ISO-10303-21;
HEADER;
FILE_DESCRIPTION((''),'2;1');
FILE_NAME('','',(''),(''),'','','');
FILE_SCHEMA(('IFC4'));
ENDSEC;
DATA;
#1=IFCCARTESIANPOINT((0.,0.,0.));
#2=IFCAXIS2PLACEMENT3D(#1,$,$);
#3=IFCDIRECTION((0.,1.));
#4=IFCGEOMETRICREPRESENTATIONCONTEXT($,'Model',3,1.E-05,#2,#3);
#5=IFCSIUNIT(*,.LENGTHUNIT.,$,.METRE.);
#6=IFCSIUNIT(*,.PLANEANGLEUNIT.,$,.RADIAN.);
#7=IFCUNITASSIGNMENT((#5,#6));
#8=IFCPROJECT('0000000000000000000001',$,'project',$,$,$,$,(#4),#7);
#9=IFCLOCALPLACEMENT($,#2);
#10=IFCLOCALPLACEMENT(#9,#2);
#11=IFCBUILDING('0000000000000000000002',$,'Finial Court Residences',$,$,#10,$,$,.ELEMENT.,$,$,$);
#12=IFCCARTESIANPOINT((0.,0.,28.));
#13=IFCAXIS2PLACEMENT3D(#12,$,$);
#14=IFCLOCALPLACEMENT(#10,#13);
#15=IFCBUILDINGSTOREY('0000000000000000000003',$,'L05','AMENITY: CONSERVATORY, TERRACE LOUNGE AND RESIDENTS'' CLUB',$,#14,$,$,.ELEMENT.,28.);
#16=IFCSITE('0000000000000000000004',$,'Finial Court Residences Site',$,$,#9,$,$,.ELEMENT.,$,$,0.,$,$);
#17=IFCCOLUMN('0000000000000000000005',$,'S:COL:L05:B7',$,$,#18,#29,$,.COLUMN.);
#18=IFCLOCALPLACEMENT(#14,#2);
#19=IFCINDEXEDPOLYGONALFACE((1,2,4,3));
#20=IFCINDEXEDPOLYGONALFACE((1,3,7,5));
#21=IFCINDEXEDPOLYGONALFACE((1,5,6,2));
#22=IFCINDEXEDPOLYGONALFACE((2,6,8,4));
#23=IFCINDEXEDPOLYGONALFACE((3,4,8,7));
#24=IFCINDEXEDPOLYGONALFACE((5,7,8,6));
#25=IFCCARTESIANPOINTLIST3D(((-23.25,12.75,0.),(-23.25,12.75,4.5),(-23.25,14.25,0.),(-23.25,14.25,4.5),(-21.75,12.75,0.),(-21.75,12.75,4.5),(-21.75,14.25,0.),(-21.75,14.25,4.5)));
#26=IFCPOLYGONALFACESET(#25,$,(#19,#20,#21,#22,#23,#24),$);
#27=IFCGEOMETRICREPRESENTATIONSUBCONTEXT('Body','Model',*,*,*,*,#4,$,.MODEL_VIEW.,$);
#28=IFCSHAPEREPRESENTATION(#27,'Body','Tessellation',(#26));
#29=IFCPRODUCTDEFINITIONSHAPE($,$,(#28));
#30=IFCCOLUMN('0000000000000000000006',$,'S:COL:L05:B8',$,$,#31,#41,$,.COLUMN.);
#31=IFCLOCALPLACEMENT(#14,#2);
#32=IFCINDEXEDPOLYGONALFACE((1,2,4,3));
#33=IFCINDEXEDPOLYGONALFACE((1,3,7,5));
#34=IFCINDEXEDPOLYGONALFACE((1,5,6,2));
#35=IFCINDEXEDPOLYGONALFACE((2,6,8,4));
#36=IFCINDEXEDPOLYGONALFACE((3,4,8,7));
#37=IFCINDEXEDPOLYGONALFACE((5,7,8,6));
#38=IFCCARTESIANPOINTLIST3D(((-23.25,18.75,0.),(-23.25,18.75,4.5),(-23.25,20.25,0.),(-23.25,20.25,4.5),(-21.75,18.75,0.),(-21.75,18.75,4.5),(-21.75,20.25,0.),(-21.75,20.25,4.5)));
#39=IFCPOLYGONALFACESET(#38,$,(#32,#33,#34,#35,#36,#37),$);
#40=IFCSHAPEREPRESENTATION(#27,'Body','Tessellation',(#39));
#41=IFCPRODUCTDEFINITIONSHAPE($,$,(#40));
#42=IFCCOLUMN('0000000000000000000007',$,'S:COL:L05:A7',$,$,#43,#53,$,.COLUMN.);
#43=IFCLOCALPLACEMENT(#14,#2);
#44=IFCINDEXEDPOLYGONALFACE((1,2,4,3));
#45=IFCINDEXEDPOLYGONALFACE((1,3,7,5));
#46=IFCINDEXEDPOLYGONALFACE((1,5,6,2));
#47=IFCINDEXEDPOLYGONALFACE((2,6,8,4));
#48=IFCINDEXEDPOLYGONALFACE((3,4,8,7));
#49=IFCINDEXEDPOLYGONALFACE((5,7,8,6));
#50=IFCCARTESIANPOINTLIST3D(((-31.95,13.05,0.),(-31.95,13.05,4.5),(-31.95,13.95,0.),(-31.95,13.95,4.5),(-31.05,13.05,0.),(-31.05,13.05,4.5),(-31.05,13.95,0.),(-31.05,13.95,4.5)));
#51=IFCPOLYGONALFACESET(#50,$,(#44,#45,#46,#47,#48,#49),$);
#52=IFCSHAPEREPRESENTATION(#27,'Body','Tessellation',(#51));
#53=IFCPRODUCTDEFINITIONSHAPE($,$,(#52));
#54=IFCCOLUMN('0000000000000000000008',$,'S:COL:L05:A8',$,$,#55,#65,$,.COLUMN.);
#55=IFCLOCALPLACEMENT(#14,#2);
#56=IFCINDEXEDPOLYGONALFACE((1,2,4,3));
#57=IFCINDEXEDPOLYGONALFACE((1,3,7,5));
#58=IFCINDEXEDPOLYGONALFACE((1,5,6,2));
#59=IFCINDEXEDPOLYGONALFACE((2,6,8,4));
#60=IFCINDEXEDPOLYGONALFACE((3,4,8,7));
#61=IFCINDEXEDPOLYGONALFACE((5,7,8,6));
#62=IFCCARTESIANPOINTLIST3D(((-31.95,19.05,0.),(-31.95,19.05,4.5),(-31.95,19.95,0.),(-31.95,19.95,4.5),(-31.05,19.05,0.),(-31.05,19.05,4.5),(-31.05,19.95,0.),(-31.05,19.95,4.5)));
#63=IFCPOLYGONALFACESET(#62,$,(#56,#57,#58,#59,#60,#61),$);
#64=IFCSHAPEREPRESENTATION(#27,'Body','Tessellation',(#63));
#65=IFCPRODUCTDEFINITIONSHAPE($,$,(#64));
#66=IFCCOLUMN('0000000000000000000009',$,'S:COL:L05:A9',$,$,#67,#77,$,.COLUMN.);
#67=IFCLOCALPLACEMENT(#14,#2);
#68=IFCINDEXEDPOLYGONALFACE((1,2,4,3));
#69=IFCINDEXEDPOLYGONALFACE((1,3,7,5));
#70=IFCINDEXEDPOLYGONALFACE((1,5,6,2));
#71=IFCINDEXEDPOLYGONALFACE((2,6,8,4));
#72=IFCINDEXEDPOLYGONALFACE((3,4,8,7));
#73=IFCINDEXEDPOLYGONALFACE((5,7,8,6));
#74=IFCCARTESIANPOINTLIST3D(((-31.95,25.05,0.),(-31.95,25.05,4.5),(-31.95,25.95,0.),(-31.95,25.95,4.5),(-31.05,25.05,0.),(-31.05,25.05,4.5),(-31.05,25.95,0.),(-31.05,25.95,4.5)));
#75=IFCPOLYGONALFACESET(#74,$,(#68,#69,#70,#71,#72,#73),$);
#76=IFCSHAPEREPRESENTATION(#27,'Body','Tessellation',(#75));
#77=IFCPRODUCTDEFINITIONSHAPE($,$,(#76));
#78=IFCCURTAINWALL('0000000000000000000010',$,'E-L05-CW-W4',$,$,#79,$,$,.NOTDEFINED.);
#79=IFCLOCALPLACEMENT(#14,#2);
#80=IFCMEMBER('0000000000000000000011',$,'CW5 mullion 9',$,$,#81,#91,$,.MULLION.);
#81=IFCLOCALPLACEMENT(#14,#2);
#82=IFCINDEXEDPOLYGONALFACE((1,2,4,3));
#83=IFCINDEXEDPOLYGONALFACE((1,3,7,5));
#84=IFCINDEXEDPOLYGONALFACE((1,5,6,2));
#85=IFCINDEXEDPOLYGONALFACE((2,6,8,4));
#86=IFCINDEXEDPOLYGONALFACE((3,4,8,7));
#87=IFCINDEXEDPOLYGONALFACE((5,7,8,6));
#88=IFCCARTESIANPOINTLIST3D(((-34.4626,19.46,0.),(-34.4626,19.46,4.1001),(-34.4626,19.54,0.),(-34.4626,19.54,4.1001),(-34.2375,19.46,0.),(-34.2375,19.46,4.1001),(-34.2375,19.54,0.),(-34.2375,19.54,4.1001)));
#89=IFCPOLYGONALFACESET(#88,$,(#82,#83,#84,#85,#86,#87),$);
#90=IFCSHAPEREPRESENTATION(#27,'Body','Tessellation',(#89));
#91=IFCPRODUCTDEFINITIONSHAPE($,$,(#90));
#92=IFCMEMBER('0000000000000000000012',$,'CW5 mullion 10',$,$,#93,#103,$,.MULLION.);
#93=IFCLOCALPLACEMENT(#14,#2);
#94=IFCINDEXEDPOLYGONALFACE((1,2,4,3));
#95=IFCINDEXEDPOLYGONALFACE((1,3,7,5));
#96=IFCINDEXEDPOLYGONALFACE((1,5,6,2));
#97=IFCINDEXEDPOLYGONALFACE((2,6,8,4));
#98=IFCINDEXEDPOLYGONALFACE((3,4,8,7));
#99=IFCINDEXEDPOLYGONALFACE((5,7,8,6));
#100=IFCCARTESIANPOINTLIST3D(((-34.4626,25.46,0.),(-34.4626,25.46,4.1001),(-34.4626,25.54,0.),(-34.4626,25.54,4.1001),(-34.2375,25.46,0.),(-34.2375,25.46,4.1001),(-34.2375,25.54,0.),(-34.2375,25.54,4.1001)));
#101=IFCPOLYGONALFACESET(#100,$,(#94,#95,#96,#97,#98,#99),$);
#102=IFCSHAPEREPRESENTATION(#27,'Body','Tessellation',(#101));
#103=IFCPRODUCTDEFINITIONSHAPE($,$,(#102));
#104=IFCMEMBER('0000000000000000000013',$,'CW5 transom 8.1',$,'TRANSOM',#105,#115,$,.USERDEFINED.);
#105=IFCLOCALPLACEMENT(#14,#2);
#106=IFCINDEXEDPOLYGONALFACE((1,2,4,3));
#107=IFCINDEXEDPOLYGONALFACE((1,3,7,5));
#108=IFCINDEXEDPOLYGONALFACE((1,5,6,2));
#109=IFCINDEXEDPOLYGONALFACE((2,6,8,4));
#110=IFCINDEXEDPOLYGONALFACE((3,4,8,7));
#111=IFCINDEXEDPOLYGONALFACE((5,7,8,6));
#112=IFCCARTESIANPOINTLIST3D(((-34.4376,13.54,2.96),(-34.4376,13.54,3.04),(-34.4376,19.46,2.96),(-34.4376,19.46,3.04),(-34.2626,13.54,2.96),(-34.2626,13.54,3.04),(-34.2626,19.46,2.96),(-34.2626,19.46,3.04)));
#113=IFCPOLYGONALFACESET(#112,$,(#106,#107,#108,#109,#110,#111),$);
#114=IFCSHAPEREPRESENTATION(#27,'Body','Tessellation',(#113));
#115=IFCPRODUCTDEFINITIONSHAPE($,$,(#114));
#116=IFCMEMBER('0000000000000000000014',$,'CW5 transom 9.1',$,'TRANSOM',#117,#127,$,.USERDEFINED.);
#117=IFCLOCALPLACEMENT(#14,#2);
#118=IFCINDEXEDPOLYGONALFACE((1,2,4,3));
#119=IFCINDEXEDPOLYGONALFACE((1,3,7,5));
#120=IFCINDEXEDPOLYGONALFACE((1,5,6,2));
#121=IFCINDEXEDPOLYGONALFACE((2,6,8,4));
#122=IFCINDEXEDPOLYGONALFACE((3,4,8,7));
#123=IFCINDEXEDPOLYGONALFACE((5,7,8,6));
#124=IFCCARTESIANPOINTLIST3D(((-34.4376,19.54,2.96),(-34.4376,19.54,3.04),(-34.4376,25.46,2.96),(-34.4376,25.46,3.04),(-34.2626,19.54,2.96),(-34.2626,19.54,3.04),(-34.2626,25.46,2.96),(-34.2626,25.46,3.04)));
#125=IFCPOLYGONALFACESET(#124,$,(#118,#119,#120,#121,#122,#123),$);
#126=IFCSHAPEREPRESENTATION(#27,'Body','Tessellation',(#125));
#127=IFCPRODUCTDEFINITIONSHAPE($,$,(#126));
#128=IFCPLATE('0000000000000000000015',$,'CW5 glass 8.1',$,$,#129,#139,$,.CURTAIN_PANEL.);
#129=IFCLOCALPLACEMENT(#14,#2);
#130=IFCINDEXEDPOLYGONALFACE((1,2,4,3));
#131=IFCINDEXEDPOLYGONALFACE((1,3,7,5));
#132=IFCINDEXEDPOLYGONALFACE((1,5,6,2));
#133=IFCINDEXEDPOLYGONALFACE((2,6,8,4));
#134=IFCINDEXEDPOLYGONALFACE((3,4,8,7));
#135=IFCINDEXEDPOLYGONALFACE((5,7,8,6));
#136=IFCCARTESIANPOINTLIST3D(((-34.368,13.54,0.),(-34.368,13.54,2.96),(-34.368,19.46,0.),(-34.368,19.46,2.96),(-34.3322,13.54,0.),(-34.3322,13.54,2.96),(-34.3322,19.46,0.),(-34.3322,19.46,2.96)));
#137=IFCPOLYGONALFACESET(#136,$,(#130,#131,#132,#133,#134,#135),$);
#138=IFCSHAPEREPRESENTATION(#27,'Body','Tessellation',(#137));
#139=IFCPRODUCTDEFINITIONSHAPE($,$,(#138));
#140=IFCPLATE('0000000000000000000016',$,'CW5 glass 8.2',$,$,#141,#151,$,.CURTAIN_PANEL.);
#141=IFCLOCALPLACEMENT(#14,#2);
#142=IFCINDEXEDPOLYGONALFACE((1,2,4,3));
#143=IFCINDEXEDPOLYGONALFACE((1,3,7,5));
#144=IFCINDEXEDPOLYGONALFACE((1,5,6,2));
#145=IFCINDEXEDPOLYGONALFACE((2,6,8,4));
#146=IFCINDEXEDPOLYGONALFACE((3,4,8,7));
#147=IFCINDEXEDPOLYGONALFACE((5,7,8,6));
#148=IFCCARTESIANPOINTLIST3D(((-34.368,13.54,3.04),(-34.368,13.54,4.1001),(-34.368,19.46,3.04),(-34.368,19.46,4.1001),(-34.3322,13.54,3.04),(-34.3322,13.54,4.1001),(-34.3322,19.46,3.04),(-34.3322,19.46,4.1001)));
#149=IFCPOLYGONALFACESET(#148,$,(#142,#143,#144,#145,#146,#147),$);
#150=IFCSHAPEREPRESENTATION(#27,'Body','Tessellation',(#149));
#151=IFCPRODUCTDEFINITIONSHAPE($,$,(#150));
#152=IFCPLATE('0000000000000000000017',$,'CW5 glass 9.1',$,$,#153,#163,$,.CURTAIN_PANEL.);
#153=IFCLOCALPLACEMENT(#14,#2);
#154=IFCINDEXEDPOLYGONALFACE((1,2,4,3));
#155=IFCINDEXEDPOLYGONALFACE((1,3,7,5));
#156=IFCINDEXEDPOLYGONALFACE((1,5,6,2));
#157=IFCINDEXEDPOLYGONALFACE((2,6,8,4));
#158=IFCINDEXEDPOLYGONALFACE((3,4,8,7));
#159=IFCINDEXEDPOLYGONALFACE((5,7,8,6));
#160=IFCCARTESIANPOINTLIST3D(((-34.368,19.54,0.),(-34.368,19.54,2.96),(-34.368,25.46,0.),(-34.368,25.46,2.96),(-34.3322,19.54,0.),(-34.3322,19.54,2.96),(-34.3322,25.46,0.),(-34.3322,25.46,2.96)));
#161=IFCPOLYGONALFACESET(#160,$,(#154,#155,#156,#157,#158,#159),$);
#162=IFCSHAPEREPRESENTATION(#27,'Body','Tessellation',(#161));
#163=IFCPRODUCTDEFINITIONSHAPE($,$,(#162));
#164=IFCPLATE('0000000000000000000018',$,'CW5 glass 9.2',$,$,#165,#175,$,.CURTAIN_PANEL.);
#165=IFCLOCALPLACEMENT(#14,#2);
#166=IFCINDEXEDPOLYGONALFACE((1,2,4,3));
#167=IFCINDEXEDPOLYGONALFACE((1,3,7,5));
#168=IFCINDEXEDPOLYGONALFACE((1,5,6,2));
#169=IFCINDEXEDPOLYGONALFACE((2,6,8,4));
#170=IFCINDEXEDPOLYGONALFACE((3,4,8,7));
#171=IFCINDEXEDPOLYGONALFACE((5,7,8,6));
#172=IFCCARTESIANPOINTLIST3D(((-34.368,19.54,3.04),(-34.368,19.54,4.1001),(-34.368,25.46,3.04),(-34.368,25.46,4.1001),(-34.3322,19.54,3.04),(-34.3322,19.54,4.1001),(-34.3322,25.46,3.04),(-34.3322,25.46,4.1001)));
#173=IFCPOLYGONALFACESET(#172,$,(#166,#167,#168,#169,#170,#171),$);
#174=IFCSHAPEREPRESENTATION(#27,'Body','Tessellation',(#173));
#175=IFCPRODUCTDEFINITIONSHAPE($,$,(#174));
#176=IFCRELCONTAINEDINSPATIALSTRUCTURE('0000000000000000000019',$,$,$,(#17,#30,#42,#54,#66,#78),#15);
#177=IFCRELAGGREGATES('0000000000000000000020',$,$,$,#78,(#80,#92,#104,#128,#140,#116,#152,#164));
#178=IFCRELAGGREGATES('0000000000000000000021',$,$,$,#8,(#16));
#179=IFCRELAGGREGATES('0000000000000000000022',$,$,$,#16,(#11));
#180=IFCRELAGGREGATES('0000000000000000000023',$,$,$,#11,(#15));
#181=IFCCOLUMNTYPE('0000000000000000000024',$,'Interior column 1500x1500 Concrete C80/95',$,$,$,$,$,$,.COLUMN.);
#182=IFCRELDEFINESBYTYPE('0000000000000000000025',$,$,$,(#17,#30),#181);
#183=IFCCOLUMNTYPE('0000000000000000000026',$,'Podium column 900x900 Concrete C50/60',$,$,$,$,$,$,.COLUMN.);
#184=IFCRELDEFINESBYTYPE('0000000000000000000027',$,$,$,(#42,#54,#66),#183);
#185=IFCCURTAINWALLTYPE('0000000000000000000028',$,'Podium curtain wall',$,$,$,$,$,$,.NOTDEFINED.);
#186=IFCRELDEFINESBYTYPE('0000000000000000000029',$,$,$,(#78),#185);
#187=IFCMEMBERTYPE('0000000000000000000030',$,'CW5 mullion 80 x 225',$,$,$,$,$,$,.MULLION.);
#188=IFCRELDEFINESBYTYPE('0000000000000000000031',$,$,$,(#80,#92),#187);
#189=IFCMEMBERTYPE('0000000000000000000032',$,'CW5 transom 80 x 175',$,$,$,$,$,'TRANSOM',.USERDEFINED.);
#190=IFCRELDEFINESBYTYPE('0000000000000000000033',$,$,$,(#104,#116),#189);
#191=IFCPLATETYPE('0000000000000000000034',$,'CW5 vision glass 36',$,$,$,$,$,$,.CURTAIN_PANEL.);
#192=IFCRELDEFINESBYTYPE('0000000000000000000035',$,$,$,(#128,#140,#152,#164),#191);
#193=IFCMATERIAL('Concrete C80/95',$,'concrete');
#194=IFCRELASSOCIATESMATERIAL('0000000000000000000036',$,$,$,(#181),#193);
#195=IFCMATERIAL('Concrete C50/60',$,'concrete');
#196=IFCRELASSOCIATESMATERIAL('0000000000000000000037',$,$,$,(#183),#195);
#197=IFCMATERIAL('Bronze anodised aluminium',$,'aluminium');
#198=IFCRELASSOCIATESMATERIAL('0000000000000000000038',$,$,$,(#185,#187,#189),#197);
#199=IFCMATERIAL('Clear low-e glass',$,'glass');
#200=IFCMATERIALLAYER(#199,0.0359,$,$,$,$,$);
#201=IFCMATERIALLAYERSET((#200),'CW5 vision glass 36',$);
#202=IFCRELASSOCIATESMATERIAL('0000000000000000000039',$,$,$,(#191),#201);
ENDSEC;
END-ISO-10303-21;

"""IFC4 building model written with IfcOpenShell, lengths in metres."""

from ifc_helpers import new_model, si_unit, direction, frame, origin, origin_2d, place, context, subcontext, project, spatial, rectangle, extrude, material, layer, layer_set, material_profile, profile_set, type_object, element, aggregate, save


model = new_model("IFC4")

# Units and contexts
model_context = context("Model", 3, precision=1e-05, world=origin(), true_north=direction((0.0, 1.0)))
body_context = subcontext(model_context, "Body", "Model", "MODEL_VIEW")
ifc_project = project(units=[si_unit("LENGTHUNIT", "METRE"), si_unit("PLANEANGLEUNIT", "RADIAN")], contexts=[model_context])

# Site, building, storey
site_placement = place(None, origin())
site = spatial("IfcSite", under=ifc_project, at=site_placement, Name="Finial Court Residences Site", CompositionType="ELEMENT", RefElevation=0.0)
building_placement = place(site_placement, origin())
building = spatial("IfcBuilding", under=site, at=building_placement, Name="Finial Court Residences", CompositionType="ELEMENT")
storey_placement = place(building_placement, frame((0.0, 0.0, 28.0)))
storey = spatial("IfcBuildingStorey", under=building, at=storey_placement, Name="L05", Description="AMENITY: CONSERVATORY, TERRACE LOUNGE AND RESIDENTS' CLUB", CompositionType="ELEMENT", Elevation=28.0)

# Columns
ifc_material_1 = material(Name="Concrete C80/95", Category="concrete")
ifc_material_profile_1 = material_profile(ifc_material_1, rectangle(XDim=1.5, YDim=1.5, at=origin_2d()), Name="1500x1500")
ifc_profile_set_1 = profile_set([ifc_material_profile_1], Name="Concrete C80/95")
column_type_1 = type_object("IfcColumnType", Name="Interior column 1500x1500 Concrete C80/95", PredefinedType="COLUMN", material=ifc_profile_set_1)
for number, where, z_axis, x_axis, name in (
    (1, (-22.5, 13.5, 0.0), (0.0, 0.0, 1.0), (1.0, 0.0, 0.0), "S:COL:L05:B7"),
    (2, (-22.5, 19.5, 0.0), (0.0, 0.0, 1.0), (1.0, 0.0, 0.0), "S:COL:L05:B8"),
):
    element("IfcColumn", number, at=place(storey_placement, frame(where, z_axis=z_axis, x_axis=x_axis)), inside=storey, type_object=column_type_1, Name=name, PredefinedType="COLUMN", context=body_context, shape_type="SweptSolid", body=[
        extrude(rectangle(XDim=1.5, YDim=1.5, at=origin_2d()), origin(), (0.0, 0.0, 1.0), 4.5),
    ])
ifc_material_2 = material(Name="Concrete C50/60", Category="concrete")
ifc_material_profile_2 = material_profile(ifc_material_2, rectangle(XDim=0.8999, YDim=0.8999, at=origin_2d()), Name="900x900")
ifc_profile_set_2 = profile_set([ifc_material_profile_2], Name="Concrete C50/60")
column_type_2 = type_object("IfcColumnType", Name="Podium column 900x900 Concrete C50/60", PredefinedType="COLUMN", material=ifc_profile_set_2)
for number, where, z_axis, x_axis, name in (
    (3, (-31.5, 13.5, 0.0), (0.0, 0.0, 1.0), (1.0, 0.0, 0.0), "S:COL:L05:A7"),
    (4, (-31.5, 19.5, 0.0), (0.0, 0.0, 1.0), (1.0, 0.0, 0.0), "S:COL:L05:A8"),
    (5, (-31.5, 25.5, 0.0), (0.0, 0.0, 1.0), (1.0, 0.0, 0.0), "S:COL:L05:A9"),
):
    element("IfcColumn", number, at=place(storey_placement, frame(where, z_axis=z_axis, x_axis=x_axis)), inside=storey, type_object=column_type_2, Name=name, PredefinedType="COLUMN", context=body_context, shape_type="SweptSolid", body=[
        extrude(rectangle(XDim=0.8999, YDim=0.8999, at=origin_2d()), origin(), (0.0, 0.0, 1.0), 4.5),
    ])

# Curtain wall, members, plates
ifc_material_3 = material(Name="Bronze anodised aluminium", Category="aluminium")
curtain_wall_type = type_object("IfcCurtainWallType", Name="Podium curtain wall", PredefinedType="NOTDEFINED", material=ifc_material_3)
curtain_wall_placement = place(storey_placement, origin())
curtain_wall = element("IfcCurtainWall", 6, at=curtain_wall_placement, inside=storey, type_object=curtain_wall_type, Name="E-L05-CW-W4", PredefinedType="NOTDEFINED")
ifc_material_profile_3 = material_profile(ifc_material_3, rectangle(XDim=0.2251, YDim=0.0801, at=origin_2d()), Name="CW5 mullion 80 x 225")
ifc_profile_set_3 = profile_set([ifc_material_profile_3], Name="Bronze anodised aluminium")
member_type_1 = type_object("IfcMemberType", Name="CW5 mullion 80 x 225", PredefinedType="MULLION", material=ifc_profile_set_3)
member_1_placement = place(storey_placement, frame((-34.3501, 19.5, 0.0), z_axis=(0.0, 0.0, 1.0), x_axis=(-1.0, 0.0, 0.0)))
member_1 = element("IfcMember", 7, at=member_1_placement, type_object=member_type_1, Name="CW5 mullion 9", PredefinedType="MULLION", context=body_context, shape_type="SweptSolid", body=[
    extrude(rectangle(XDim=0.2251, YDim=0.0801, at=origin_2d()), origin(), (0.0, 0.0, 1.0), 4.1001),
])
member_2_placement = place(storey_placement, frame((-34.3501, 25.5, 0.0), z_axis=(0.0, 0.0, 1.0), x_axis=(-1.0, 0.0, 0.0)))
member_2 = element("IfcMember", 8, at=member_2_placement, type_object=member_type_1, Name="CW5 mullion 10", PredefinedType="MULLION", context=body_context, shape_type="SweptSolid", body=[
    extrude(rectangle(XDim=0.2251, YDim=0.0801, at=origin_2d()), origin(), (0.0, 0.0, 1.0), 4.1001),
])
ifc_material_profile_4 = material_profile(ifc_material_3, rectangle(XDim=0.175, YDim=0.0801, at=origin_2d()), Name="CW5 transom 80 x 175")
ifc_profile_set_4 = profile_set([ifc_material_profile_4], Name="Bronze anodised aluminium")
member_type_2 = type_object("IfcMemberType", Name="CW5 transom 80 x 175", ElementType="TRANSOM", PredefinedType="USERDEFINED", material=ifc_profile_set_4)
member_3_placement = place(storey_placement, frame((-34.3501, 13.54, 3.0), z_axis=(0.0, 1.0, 0.0), x_axis=(-1.0, 0.0, 0.0)))
member_3 = element("IfcMember", 9, at=member_3_placement, type_object=member_type_2, Name="CW5 transom 8.1", ObjectType="TRANSOM", PredefinedType="USERDEFINED", context=body_context, shape_type="SweptSolid", body=[
    extrude(rectangle(XDim=0.175, YDim=0.0801, at=origin_2d()), origin(), (0.0, 0.0, 1.0), 5.9199),
])
member_4_placement = place(storey_placement, frame((-34.3501, 19.54, 3.0), z_axis=(0.0, 1.0, 0.0), x_axis=(-1.0, 0.0, 0.0)))
member_4 = element("IfcMember", 10, at=member_4_placement, type_object=member_type_2, Name="CW5 transom 9.1", ObjectType="TRANSOM", PredefinedType="USERDEFINED", context=body_context, shape_type="SweptSolid", body=[
    extrude(rectangle(XDim=0.175, YDim=0.0801, at=origin_2d()), origin(), (0.0, 0.0, 1.0), 5.9199),
])
ifc_material_4 = material(Name="Clear low-e glass", Category="glass")
ifc_layer_1 = layer(ifc_material_4, 0.0359)
ifc_layer_set_1 = layer_set([ifc_layer_1], Name="CW5 vision glass 36")
plate_type = type_object("IfcPlateType", Name="CW5 vision glass 36", PredefinedType="CURTAIN_PANEL", material=ifc_layer_set_1)
plate_1_placement = place(storey_placement, frame((-34.3501, 16.5, 0.0), z_axis=(0.0, 0.0, 1.0), x_axis=(0.0, 1.0, 0.0)))
plate_1 = element("IfcPlate", 11, at=plate_1_placement, type_object=plate_type, Name="CW5 glass 8.1", PredefinedType="CURTAIN_PANEL", context=body_context, shape_type="SweptSolid", body=[
    extrude(rectangle(XDim=5.9199, YDim=0.0359, at=origin_2d()), origin(), (0.0, 0.0, 1.0), 2.96),
])
plate_2_placement = place(storey_placement, frame((-34.3501, 16.5, 3.04), z_axis=(0.0, 0.0, 1.0), x_axis=(0.0, 1.0, 0.0)))
plate_2 = element("IfcPlate", 12, at=plate_2_placement, type_object=plate_type, Name="CW5 glass 8.2", PredefinedType="CURTAIN_PANEL", context=body_context, shape_type="SweptSolid", body=[
    extrude(rectangle(XDim=5.9199, YDim=0.0359, at=origin_2d()), origin(), (0.0, 0.0, 1.0), 1.0601),
])
plate_3_placement = place(storey_placement, frame((-34.3501, 22.5, 0.0), z_axis=(0.0, 0.0, 1.0), x_axis=(0.0, 1.0, 0.0)))
plate_3 = element("IfcPlate", 13, at=plate_3_placement, type_object=plate_type, Name="CW5 glass 9.1", PredefinedType="CURTAIN_PANEL", context=body_context, shape_type="SweptSolid", body=[
    extrude(rectangle(XDim=5.9199, YDim=0.0359, at=origin_2d()), origin(), (0.0, 0.0, 1.0), 2.96),
])
plate_4_placement = place(storey_placement, frame((-34.3501, 22.5, 3.04), z_axis=(0.0, 0.0, 1.0), x_axis=(0.0, 1.0, 0.0)))
plate_4 = element("IfcPlate", 14, at=plate_4_placement, type_object=plate_type, Name="CW5 glass 9.2", PredefinedType="CURTAIN_PANEL", context=body_context, shape_type="SweptSolid", body=[
    extrude(rectangle(XDim=5.9199, YDim=0.0359, at=origin_2d()), origin(), (0.0, 0.0, 1.0), 1.0601),
])
aggregate(curtain_wall, [member_1, member_2, member_3, plate_1, plate_2, member_4, plate_3, plate_4])

save(model, "model.ifc")
